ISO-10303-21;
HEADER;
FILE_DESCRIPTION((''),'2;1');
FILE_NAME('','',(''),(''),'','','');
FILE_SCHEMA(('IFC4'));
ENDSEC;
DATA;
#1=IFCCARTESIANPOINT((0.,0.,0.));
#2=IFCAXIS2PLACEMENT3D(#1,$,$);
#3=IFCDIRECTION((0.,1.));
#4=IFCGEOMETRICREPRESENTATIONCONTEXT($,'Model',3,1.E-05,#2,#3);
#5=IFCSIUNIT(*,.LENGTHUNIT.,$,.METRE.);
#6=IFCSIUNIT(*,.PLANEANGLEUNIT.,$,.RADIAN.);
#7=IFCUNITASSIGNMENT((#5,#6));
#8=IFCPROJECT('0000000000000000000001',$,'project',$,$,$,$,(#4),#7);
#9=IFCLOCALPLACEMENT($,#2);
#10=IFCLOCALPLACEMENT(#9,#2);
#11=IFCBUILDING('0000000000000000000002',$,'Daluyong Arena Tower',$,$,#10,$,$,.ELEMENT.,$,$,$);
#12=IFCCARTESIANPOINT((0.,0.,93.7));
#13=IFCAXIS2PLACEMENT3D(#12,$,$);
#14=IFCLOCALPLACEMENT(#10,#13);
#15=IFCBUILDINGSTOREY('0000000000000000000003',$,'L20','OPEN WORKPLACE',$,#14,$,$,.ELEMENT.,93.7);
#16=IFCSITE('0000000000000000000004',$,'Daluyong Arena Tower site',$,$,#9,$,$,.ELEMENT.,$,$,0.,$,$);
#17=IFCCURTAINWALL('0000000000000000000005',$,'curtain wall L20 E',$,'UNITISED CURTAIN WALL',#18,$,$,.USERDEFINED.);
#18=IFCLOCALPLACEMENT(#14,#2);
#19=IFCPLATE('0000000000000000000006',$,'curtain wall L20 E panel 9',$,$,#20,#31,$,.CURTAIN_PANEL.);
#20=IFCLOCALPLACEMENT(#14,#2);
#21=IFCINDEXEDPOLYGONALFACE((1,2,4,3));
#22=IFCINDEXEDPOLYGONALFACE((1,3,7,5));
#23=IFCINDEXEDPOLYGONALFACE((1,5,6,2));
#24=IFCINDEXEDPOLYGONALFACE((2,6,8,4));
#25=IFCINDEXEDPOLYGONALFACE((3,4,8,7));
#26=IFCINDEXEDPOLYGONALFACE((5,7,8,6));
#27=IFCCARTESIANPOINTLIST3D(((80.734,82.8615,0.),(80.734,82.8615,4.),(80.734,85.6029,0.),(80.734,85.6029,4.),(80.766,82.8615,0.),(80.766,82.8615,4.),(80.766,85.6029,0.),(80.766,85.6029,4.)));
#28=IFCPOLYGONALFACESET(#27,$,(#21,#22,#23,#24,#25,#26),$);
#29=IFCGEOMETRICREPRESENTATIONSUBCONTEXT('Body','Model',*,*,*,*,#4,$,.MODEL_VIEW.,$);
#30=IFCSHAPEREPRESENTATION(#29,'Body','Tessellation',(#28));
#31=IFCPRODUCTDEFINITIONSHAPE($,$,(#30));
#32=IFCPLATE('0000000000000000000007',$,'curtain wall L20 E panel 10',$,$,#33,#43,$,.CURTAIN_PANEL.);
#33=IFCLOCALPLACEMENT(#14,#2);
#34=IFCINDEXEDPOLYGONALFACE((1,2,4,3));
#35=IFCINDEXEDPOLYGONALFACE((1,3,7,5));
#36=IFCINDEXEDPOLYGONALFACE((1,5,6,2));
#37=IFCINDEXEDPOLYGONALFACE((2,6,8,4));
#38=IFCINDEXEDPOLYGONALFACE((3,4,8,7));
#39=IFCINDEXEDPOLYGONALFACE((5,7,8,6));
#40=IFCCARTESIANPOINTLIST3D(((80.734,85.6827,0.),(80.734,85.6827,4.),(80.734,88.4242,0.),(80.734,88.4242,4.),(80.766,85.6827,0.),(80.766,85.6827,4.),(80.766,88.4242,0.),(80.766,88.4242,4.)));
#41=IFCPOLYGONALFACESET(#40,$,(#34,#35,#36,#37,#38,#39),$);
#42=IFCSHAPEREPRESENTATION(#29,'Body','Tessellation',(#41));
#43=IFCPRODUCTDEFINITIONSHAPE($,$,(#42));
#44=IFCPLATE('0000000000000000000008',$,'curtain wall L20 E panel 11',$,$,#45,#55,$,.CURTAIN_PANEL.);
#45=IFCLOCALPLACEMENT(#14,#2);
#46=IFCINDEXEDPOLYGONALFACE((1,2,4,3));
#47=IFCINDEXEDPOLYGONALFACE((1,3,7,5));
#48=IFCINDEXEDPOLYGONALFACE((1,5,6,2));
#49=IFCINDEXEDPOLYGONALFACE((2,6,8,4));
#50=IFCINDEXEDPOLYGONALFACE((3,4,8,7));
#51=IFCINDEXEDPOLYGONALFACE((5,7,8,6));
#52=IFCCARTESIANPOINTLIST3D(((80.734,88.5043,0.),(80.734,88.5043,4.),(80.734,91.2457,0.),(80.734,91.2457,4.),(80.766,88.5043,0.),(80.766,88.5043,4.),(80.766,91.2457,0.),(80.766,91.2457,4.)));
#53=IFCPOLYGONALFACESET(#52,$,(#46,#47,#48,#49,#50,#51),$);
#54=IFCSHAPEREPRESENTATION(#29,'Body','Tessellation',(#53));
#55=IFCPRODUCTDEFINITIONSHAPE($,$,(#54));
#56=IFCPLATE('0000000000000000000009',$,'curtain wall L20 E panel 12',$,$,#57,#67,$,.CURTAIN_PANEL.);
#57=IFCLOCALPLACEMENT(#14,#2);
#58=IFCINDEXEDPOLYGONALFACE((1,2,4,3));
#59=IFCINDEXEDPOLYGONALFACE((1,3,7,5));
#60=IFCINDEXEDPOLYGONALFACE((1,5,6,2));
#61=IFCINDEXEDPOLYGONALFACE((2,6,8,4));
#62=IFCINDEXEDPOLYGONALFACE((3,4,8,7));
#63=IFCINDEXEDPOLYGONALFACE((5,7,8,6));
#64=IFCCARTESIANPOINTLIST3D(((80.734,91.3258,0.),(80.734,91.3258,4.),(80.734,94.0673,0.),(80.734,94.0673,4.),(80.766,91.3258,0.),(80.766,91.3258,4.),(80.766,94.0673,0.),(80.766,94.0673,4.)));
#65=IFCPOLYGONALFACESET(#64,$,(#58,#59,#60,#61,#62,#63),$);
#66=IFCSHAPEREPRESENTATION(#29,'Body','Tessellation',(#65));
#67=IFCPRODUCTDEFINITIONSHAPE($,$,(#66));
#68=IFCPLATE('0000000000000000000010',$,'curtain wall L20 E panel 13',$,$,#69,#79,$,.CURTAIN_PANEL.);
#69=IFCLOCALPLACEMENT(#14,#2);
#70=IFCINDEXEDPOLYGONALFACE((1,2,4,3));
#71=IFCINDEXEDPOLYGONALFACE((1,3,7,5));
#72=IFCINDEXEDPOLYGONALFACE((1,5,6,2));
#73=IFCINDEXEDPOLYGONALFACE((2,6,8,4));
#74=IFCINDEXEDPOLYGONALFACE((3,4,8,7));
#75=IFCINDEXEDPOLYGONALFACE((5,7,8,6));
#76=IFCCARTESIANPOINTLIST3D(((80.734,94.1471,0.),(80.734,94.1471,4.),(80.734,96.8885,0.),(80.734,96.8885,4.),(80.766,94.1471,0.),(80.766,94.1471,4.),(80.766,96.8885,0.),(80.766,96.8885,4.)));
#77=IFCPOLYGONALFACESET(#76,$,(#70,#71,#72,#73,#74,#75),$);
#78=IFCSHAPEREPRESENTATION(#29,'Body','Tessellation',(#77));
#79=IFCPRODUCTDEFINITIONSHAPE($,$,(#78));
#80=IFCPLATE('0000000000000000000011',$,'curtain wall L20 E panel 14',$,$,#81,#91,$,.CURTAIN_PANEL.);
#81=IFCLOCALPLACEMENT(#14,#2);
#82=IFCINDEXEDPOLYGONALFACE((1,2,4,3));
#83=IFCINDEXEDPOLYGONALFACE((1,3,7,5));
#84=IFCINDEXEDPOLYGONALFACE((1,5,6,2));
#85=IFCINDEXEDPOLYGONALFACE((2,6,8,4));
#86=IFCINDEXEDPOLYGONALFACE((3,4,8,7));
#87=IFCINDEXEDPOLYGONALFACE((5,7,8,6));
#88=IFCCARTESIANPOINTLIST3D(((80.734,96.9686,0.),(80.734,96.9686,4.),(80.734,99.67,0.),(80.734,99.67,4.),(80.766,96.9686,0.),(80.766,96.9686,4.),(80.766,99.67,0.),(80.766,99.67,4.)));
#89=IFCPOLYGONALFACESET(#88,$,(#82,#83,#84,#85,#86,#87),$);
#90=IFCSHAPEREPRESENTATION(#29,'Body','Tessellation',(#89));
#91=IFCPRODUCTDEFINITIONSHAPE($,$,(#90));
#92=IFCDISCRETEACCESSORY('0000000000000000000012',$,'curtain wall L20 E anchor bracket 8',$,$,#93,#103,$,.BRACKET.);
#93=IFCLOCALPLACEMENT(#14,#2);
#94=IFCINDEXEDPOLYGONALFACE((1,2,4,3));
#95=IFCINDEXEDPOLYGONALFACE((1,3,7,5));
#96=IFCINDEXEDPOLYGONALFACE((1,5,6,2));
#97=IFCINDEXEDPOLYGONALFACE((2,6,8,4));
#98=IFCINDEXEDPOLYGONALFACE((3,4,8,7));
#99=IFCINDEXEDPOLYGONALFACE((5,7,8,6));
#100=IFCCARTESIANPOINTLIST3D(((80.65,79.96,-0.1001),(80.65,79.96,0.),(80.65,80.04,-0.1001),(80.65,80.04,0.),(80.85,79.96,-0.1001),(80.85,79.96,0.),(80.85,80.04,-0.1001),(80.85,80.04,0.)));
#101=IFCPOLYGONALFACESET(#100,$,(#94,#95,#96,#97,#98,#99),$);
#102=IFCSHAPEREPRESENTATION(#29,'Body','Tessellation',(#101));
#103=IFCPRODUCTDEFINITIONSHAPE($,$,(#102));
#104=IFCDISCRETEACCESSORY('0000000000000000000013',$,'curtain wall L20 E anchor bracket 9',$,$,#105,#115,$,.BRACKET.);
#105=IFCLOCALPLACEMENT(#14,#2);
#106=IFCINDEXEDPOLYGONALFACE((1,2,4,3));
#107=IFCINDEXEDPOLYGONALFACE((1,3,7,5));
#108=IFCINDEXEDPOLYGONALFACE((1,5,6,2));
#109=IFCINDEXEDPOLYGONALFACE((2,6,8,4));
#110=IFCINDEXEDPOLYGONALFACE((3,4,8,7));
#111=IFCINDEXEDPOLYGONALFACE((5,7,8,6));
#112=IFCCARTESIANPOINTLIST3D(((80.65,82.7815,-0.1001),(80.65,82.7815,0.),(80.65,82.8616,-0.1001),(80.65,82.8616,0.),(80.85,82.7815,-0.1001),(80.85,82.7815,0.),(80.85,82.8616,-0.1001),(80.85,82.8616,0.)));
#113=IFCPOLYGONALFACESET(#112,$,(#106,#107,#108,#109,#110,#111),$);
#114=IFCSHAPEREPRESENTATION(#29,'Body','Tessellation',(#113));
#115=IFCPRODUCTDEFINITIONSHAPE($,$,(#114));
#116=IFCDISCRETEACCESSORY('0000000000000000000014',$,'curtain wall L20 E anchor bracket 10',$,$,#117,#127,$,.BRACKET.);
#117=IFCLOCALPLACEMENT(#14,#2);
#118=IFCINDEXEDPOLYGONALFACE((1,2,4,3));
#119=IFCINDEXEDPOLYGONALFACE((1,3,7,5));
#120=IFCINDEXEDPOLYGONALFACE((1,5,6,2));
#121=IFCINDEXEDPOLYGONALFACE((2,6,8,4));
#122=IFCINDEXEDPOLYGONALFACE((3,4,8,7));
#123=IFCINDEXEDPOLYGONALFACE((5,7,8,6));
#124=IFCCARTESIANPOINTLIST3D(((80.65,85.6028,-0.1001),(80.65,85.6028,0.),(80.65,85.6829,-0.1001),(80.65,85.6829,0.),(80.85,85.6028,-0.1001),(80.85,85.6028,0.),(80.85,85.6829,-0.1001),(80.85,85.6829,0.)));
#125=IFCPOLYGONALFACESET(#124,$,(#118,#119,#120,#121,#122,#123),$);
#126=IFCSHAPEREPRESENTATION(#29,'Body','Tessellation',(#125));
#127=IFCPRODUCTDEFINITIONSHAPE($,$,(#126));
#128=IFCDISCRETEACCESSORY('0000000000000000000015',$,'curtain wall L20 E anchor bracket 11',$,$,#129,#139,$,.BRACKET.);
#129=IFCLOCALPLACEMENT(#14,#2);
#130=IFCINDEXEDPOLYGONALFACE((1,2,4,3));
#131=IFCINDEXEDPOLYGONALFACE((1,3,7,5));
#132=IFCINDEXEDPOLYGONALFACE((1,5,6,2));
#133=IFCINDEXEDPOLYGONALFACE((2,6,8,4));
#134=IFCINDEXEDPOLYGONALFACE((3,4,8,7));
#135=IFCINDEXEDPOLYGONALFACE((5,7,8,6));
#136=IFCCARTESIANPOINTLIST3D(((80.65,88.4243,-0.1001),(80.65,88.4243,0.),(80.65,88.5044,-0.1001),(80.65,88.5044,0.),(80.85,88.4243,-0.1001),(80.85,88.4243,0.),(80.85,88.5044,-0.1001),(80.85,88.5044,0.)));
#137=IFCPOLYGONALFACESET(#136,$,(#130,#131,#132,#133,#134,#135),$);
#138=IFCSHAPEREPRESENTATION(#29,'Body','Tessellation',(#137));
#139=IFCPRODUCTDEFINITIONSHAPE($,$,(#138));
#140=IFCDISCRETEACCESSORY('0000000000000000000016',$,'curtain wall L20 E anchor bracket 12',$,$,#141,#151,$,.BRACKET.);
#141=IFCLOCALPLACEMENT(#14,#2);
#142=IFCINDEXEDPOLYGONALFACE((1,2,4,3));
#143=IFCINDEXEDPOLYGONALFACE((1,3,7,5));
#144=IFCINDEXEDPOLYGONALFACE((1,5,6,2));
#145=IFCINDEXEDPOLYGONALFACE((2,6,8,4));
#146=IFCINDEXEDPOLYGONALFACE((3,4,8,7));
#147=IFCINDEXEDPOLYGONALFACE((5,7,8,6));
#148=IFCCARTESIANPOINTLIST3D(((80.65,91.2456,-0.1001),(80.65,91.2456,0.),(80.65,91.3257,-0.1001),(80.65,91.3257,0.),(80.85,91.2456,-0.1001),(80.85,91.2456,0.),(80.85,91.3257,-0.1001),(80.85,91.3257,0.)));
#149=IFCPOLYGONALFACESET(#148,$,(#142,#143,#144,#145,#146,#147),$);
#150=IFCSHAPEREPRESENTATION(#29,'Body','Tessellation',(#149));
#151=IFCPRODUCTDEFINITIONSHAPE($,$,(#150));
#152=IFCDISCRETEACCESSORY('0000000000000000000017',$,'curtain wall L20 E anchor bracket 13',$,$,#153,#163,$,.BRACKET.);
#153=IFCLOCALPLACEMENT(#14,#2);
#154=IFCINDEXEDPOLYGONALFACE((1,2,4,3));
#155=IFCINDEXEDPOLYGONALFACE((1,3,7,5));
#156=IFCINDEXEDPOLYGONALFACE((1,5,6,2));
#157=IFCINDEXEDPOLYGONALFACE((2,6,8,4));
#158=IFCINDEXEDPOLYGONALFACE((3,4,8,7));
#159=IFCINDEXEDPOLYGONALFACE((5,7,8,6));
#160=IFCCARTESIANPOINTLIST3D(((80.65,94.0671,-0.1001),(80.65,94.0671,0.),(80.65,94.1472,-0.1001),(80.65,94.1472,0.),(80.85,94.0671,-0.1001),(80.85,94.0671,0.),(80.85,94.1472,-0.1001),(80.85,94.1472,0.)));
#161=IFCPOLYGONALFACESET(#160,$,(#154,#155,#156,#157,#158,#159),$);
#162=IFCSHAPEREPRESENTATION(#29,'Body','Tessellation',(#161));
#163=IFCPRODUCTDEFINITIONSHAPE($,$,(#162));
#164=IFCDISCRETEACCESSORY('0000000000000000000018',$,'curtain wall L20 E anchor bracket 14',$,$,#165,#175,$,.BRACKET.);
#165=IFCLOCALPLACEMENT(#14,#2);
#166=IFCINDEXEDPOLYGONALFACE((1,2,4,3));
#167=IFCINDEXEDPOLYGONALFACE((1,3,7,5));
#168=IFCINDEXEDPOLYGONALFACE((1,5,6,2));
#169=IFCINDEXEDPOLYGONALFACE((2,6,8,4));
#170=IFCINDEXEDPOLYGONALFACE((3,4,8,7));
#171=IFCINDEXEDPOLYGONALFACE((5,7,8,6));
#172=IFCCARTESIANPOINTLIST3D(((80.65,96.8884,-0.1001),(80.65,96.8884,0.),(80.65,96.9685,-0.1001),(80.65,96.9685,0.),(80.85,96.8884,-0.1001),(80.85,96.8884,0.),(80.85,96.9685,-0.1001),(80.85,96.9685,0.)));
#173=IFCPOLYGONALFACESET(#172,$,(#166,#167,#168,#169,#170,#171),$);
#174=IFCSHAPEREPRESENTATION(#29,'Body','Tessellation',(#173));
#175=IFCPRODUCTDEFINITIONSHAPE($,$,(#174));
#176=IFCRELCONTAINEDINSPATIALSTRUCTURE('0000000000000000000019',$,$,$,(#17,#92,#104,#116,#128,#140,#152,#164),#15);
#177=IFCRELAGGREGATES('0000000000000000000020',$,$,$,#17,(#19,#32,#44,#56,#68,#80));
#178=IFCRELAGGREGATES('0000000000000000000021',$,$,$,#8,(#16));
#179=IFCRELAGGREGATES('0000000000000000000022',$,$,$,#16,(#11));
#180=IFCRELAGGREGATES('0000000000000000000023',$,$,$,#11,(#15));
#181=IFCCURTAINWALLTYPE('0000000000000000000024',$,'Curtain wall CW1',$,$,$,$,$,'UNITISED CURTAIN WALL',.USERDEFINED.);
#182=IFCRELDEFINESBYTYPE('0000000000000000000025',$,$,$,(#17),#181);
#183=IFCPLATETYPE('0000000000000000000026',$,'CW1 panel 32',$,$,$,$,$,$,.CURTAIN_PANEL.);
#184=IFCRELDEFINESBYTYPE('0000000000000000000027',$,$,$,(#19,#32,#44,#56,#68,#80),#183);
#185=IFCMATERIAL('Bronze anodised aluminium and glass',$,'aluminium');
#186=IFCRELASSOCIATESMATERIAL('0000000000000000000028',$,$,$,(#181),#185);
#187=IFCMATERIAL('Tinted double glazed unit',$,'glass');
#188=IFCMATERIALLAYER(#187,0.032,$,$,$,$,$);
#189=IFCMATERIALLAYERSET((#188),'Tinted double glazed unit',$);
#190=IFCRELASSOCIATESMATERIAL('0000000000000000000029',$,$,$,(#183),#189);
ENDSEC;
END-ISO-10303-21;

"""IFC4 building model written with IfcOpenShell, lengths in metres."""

from ifc_helpers import new_model, si_unit, direction, frame, origin, origin_2d, place, context, subcontext, project, spatial, rectangle, extrude, material, layer, layer_set, type_object, element, aggregate, save


model = new_model("IFC4")

# Units and contexts
model_context = context("Model", 3, precision=1e-05, world=origin(), true_north=direction((0.0, 1.0)))
body_context = subcontext(model_context, "Body", "Model", "MODEL_VIEW")
ifc_project = project(units=[si_unit("LENGTHUNIT", "METRE"), si_unit("PLANEANGLEUNIT", "RADIAN")], contexts=[model_context])

# Site, building, storey
site_placement = place(None, origin())
site = spatial("IfcSite", under=ifc_project, at=site_placement, Name="Daluyong Arena Tower site", CompositionType="ELEMENT", RefElevation=0.0)
building_placement = place(site_placement, origin())
building = spatial("IfcBuilding", under=site, at=building_placement, Name="Daluyong Arena Tower", CompositionType="ELEMENT")
storey_placement = place(building_placement, frame((0.0, 0.0, 93.7)))
storey = spatial("IfcBuildingStorey", under=building, at=storey_placement, Name="L20", Description="OPEN WORKPLACE", CompositionType="ELEMENT", Elevation=93.7)

# Curtain wall
ifc_material_1 = material(Name="Bronze anodised aluminium and glass", Category="aluminium")
curtain_wall_type = type_object("IfcCurtainWallType", Name="Curtain wall CW1", ElementType="UNITISED CURTAIN WALL", PredefinedType="USERDEFINED", material=ifc_material_1)
curtain_wall_placement = place(storey_placement, origin())
curtain_wall = element("IfcCurtainWall", 1, at=curtain_wall_placement, inside=storey, type_object=curtain_wall_type, Name="curtain wall L20 E", ObjectType="UNITISED CURTAIN WALL", PredefinedType="USERDEFINED")

# Plates
ifc_material_2 = material(Name="Tinted double glazed unit", Category="glass")
ifc_layer = layer(ifc_material_2, 0.032)
ifc_layer_set = layer_set([ifc_layer], Name="Tinted double glazed unit")
plate_type = type_object("IfcPlateType", Name="CW1 panel 32", PredefinedType="CURTAIN_PANEL", material=ifc_layer_set)
plate_1_placement = place(storey_placement, frame((80.75, 84.2322, 0.0), z_axis=(0.0, 0.0, 1.0), x_axis=(0.0, 1.0, 0.0)))
plate_1 = element("IfcPlate", 2, at=plate_1_placement, type_object=plate_type, Name="curtain wall L20 E panel 9", PredefinedType="CURTAIN_PANEL", context=body_context, shape_type="SweptSolid", body=[
    extrude(rectangle(XDim=2.7415, YDim=0.032, at=origin_2d()), origin(), (0.0, 0.0, 1.0), 4.0),
])
plate_2_placement = place(storey_placement, frame((80.75, 87.0535, 0.0), z_axis=(0.0, 0.0, 1.0), x_axis=(0.0, 1.0, 0.0)))
plate_2 = element("IfcPlate", 3, at=plate_2_placement, type_object=plate_type, Name="curtain wall L20 E panel 10", PredefinedType="CURTAIN_PANEL", context=body_context, shape_type="SweptSolid", body=[
    extrude(rectangle(XDim=2.7415, YDim=0.032, at=origin_2d()), origin(), (0.0, 0.0, 1.0), 4.0),
])
plate_3_placement = place(storey_placement, frame((80.75, 89.875, 0.0), z_axis=(0.0, 0.0, 1.0), x_axis=(0.0, 1.0, 0.0)))
plate_3 = element("IfcPlate", 4, at=plate_3_placement, type_object=plate_type, Name="curtain wall L20 E panel 11", PredefinedType="CURTAIN_PANEL", context=body_context, shape_type="SweptSolid", body=[
    extrude(rectangle(XDim=2.7415, YDim=0.032, at=origin_2d()), origin(), (0.0, 0.0, 1.0), 4.0),
])
plate_4_placement = place(storey_placement, frame((80.75, 92.6965, 0.0), z_axis=(0.0, 0.0, 1.0), x_axis=(0.0, 1.0, 0.0)))
plate_4 = element("IfcPlate", 5, at=plate_4_placement, type_object=plate_type, Name="curtain wall L20 E panel 12", PredefinedType="CURTAIN_PANEL", context=body_context, shape_type="SweptSolid", body=[
    extrude(rectangle(XDim=2.7415, YDim=0.032, at=origin_2d()), origin(), (0.0, 0.0, 1.0), 4.0),
])
plate_5_placement = place(storey_placement, frame((80.75, 95.5178, 0.0), z_axis=(0.0, 0.0, 1.0), x_axis=(0.0, 1.0, 0.0)))
plate_5 = element("IfcPlate", 6, at=plate_5_placement, type_object=plate_type, Name="curtain wall L20 E panel 13", PredefinedType="CURTAIN_PANEL", context=body_context, shape_type="SweptSolid", body=[
    extrude(rectangle(XDim=2.7415, YDim=0.032, at=origin_2d()), origin(), (0.0, 0.0, 1.0), 4.0),
])
plate_6_placement = place(storey_placement, frame((80.75, 98.3193, 0.0), z_axis=(0.0, 0.0, 1.0), x_axis=(0.0, 1.0, 0.0)))
plate_6 = element("IfcPlate", 7, at=plate_6_placement, type_object=plate_type, Name="curtain wall L20 E panel 14", PredefinedType="CURTAIN_PANEL", context=body_context, shape_type="SweptSolid", body=[
    extrude(rectangle(XDim=2.7014, YDim=0.032, at=origin_2d()), origin(), (0.0, 0.0, 1.0), 4.0),
])
aggregate(curtain_wall, [plate_1, plate_2, plate_3, plate_4, plate_5, plate_6])

# Discrete accessories
for number, where, z_axis, x_axis, name in (
    (8, (80.75, 80.0, -0.1001), (0.0, 0.0, 1.0), (0.0, 1.0, 0.0), "curtain wall L20 E anchor bracket 8"),
    (9, (80.75, 82.8215, -0.1001), (0.0, 0.0, 1.0), (0.0, 1.0, 0.0), "curtain wall L20 E anchor bracket 9"),
    (10, (80.75, 85.6428, -0.1001), (0.0, 0.0, 1.0), (0.0, 1.0, 0.0), "curtain wall L20 E anchor bracket 10"),
    (11, (80.75, 88.4644, -0.1001), (0.0, 0.0, 1.0), (0.0, 1.0, 0.0), "curtain wall L20 E anchor bracket 11"),
    (12, (80.75, 91.2856, -0.1001), (0.0, 0.0, 1.0), (0.0, 1.0, 0.0), "curtain wall L20 E anchor bracket 12"),
    (13, (80.75, 94.1072, -0.1001), (0.0, 0.0, 1.0), (0.0, 1.0, 0.0), "curtain wall L20 E anchor bracket 13"),
    (14, (80.75, 96.9285, -0.1001), (0.0, 0.0, 1.0), (0.0, 1.0, 0.0), "curtain wall L20 E anchor bracket 14"),
):
    element("IfcDiscreteAccessory", number, at=place(storey_placement, frame(where, z_axis=z_axis, x_axis=x_axis)), inside=storey, Name=name, PredefinedType="BRACKET", context=body_context, shape_type="SweptSolid", body=[
        extrude(rectangle(XDim=0.0801, YDim=0.2, at=origin_2d()), origin(), (0.0, 0.0, 1.0), 0.1001),
    ])

save(model, "model.ifc")
